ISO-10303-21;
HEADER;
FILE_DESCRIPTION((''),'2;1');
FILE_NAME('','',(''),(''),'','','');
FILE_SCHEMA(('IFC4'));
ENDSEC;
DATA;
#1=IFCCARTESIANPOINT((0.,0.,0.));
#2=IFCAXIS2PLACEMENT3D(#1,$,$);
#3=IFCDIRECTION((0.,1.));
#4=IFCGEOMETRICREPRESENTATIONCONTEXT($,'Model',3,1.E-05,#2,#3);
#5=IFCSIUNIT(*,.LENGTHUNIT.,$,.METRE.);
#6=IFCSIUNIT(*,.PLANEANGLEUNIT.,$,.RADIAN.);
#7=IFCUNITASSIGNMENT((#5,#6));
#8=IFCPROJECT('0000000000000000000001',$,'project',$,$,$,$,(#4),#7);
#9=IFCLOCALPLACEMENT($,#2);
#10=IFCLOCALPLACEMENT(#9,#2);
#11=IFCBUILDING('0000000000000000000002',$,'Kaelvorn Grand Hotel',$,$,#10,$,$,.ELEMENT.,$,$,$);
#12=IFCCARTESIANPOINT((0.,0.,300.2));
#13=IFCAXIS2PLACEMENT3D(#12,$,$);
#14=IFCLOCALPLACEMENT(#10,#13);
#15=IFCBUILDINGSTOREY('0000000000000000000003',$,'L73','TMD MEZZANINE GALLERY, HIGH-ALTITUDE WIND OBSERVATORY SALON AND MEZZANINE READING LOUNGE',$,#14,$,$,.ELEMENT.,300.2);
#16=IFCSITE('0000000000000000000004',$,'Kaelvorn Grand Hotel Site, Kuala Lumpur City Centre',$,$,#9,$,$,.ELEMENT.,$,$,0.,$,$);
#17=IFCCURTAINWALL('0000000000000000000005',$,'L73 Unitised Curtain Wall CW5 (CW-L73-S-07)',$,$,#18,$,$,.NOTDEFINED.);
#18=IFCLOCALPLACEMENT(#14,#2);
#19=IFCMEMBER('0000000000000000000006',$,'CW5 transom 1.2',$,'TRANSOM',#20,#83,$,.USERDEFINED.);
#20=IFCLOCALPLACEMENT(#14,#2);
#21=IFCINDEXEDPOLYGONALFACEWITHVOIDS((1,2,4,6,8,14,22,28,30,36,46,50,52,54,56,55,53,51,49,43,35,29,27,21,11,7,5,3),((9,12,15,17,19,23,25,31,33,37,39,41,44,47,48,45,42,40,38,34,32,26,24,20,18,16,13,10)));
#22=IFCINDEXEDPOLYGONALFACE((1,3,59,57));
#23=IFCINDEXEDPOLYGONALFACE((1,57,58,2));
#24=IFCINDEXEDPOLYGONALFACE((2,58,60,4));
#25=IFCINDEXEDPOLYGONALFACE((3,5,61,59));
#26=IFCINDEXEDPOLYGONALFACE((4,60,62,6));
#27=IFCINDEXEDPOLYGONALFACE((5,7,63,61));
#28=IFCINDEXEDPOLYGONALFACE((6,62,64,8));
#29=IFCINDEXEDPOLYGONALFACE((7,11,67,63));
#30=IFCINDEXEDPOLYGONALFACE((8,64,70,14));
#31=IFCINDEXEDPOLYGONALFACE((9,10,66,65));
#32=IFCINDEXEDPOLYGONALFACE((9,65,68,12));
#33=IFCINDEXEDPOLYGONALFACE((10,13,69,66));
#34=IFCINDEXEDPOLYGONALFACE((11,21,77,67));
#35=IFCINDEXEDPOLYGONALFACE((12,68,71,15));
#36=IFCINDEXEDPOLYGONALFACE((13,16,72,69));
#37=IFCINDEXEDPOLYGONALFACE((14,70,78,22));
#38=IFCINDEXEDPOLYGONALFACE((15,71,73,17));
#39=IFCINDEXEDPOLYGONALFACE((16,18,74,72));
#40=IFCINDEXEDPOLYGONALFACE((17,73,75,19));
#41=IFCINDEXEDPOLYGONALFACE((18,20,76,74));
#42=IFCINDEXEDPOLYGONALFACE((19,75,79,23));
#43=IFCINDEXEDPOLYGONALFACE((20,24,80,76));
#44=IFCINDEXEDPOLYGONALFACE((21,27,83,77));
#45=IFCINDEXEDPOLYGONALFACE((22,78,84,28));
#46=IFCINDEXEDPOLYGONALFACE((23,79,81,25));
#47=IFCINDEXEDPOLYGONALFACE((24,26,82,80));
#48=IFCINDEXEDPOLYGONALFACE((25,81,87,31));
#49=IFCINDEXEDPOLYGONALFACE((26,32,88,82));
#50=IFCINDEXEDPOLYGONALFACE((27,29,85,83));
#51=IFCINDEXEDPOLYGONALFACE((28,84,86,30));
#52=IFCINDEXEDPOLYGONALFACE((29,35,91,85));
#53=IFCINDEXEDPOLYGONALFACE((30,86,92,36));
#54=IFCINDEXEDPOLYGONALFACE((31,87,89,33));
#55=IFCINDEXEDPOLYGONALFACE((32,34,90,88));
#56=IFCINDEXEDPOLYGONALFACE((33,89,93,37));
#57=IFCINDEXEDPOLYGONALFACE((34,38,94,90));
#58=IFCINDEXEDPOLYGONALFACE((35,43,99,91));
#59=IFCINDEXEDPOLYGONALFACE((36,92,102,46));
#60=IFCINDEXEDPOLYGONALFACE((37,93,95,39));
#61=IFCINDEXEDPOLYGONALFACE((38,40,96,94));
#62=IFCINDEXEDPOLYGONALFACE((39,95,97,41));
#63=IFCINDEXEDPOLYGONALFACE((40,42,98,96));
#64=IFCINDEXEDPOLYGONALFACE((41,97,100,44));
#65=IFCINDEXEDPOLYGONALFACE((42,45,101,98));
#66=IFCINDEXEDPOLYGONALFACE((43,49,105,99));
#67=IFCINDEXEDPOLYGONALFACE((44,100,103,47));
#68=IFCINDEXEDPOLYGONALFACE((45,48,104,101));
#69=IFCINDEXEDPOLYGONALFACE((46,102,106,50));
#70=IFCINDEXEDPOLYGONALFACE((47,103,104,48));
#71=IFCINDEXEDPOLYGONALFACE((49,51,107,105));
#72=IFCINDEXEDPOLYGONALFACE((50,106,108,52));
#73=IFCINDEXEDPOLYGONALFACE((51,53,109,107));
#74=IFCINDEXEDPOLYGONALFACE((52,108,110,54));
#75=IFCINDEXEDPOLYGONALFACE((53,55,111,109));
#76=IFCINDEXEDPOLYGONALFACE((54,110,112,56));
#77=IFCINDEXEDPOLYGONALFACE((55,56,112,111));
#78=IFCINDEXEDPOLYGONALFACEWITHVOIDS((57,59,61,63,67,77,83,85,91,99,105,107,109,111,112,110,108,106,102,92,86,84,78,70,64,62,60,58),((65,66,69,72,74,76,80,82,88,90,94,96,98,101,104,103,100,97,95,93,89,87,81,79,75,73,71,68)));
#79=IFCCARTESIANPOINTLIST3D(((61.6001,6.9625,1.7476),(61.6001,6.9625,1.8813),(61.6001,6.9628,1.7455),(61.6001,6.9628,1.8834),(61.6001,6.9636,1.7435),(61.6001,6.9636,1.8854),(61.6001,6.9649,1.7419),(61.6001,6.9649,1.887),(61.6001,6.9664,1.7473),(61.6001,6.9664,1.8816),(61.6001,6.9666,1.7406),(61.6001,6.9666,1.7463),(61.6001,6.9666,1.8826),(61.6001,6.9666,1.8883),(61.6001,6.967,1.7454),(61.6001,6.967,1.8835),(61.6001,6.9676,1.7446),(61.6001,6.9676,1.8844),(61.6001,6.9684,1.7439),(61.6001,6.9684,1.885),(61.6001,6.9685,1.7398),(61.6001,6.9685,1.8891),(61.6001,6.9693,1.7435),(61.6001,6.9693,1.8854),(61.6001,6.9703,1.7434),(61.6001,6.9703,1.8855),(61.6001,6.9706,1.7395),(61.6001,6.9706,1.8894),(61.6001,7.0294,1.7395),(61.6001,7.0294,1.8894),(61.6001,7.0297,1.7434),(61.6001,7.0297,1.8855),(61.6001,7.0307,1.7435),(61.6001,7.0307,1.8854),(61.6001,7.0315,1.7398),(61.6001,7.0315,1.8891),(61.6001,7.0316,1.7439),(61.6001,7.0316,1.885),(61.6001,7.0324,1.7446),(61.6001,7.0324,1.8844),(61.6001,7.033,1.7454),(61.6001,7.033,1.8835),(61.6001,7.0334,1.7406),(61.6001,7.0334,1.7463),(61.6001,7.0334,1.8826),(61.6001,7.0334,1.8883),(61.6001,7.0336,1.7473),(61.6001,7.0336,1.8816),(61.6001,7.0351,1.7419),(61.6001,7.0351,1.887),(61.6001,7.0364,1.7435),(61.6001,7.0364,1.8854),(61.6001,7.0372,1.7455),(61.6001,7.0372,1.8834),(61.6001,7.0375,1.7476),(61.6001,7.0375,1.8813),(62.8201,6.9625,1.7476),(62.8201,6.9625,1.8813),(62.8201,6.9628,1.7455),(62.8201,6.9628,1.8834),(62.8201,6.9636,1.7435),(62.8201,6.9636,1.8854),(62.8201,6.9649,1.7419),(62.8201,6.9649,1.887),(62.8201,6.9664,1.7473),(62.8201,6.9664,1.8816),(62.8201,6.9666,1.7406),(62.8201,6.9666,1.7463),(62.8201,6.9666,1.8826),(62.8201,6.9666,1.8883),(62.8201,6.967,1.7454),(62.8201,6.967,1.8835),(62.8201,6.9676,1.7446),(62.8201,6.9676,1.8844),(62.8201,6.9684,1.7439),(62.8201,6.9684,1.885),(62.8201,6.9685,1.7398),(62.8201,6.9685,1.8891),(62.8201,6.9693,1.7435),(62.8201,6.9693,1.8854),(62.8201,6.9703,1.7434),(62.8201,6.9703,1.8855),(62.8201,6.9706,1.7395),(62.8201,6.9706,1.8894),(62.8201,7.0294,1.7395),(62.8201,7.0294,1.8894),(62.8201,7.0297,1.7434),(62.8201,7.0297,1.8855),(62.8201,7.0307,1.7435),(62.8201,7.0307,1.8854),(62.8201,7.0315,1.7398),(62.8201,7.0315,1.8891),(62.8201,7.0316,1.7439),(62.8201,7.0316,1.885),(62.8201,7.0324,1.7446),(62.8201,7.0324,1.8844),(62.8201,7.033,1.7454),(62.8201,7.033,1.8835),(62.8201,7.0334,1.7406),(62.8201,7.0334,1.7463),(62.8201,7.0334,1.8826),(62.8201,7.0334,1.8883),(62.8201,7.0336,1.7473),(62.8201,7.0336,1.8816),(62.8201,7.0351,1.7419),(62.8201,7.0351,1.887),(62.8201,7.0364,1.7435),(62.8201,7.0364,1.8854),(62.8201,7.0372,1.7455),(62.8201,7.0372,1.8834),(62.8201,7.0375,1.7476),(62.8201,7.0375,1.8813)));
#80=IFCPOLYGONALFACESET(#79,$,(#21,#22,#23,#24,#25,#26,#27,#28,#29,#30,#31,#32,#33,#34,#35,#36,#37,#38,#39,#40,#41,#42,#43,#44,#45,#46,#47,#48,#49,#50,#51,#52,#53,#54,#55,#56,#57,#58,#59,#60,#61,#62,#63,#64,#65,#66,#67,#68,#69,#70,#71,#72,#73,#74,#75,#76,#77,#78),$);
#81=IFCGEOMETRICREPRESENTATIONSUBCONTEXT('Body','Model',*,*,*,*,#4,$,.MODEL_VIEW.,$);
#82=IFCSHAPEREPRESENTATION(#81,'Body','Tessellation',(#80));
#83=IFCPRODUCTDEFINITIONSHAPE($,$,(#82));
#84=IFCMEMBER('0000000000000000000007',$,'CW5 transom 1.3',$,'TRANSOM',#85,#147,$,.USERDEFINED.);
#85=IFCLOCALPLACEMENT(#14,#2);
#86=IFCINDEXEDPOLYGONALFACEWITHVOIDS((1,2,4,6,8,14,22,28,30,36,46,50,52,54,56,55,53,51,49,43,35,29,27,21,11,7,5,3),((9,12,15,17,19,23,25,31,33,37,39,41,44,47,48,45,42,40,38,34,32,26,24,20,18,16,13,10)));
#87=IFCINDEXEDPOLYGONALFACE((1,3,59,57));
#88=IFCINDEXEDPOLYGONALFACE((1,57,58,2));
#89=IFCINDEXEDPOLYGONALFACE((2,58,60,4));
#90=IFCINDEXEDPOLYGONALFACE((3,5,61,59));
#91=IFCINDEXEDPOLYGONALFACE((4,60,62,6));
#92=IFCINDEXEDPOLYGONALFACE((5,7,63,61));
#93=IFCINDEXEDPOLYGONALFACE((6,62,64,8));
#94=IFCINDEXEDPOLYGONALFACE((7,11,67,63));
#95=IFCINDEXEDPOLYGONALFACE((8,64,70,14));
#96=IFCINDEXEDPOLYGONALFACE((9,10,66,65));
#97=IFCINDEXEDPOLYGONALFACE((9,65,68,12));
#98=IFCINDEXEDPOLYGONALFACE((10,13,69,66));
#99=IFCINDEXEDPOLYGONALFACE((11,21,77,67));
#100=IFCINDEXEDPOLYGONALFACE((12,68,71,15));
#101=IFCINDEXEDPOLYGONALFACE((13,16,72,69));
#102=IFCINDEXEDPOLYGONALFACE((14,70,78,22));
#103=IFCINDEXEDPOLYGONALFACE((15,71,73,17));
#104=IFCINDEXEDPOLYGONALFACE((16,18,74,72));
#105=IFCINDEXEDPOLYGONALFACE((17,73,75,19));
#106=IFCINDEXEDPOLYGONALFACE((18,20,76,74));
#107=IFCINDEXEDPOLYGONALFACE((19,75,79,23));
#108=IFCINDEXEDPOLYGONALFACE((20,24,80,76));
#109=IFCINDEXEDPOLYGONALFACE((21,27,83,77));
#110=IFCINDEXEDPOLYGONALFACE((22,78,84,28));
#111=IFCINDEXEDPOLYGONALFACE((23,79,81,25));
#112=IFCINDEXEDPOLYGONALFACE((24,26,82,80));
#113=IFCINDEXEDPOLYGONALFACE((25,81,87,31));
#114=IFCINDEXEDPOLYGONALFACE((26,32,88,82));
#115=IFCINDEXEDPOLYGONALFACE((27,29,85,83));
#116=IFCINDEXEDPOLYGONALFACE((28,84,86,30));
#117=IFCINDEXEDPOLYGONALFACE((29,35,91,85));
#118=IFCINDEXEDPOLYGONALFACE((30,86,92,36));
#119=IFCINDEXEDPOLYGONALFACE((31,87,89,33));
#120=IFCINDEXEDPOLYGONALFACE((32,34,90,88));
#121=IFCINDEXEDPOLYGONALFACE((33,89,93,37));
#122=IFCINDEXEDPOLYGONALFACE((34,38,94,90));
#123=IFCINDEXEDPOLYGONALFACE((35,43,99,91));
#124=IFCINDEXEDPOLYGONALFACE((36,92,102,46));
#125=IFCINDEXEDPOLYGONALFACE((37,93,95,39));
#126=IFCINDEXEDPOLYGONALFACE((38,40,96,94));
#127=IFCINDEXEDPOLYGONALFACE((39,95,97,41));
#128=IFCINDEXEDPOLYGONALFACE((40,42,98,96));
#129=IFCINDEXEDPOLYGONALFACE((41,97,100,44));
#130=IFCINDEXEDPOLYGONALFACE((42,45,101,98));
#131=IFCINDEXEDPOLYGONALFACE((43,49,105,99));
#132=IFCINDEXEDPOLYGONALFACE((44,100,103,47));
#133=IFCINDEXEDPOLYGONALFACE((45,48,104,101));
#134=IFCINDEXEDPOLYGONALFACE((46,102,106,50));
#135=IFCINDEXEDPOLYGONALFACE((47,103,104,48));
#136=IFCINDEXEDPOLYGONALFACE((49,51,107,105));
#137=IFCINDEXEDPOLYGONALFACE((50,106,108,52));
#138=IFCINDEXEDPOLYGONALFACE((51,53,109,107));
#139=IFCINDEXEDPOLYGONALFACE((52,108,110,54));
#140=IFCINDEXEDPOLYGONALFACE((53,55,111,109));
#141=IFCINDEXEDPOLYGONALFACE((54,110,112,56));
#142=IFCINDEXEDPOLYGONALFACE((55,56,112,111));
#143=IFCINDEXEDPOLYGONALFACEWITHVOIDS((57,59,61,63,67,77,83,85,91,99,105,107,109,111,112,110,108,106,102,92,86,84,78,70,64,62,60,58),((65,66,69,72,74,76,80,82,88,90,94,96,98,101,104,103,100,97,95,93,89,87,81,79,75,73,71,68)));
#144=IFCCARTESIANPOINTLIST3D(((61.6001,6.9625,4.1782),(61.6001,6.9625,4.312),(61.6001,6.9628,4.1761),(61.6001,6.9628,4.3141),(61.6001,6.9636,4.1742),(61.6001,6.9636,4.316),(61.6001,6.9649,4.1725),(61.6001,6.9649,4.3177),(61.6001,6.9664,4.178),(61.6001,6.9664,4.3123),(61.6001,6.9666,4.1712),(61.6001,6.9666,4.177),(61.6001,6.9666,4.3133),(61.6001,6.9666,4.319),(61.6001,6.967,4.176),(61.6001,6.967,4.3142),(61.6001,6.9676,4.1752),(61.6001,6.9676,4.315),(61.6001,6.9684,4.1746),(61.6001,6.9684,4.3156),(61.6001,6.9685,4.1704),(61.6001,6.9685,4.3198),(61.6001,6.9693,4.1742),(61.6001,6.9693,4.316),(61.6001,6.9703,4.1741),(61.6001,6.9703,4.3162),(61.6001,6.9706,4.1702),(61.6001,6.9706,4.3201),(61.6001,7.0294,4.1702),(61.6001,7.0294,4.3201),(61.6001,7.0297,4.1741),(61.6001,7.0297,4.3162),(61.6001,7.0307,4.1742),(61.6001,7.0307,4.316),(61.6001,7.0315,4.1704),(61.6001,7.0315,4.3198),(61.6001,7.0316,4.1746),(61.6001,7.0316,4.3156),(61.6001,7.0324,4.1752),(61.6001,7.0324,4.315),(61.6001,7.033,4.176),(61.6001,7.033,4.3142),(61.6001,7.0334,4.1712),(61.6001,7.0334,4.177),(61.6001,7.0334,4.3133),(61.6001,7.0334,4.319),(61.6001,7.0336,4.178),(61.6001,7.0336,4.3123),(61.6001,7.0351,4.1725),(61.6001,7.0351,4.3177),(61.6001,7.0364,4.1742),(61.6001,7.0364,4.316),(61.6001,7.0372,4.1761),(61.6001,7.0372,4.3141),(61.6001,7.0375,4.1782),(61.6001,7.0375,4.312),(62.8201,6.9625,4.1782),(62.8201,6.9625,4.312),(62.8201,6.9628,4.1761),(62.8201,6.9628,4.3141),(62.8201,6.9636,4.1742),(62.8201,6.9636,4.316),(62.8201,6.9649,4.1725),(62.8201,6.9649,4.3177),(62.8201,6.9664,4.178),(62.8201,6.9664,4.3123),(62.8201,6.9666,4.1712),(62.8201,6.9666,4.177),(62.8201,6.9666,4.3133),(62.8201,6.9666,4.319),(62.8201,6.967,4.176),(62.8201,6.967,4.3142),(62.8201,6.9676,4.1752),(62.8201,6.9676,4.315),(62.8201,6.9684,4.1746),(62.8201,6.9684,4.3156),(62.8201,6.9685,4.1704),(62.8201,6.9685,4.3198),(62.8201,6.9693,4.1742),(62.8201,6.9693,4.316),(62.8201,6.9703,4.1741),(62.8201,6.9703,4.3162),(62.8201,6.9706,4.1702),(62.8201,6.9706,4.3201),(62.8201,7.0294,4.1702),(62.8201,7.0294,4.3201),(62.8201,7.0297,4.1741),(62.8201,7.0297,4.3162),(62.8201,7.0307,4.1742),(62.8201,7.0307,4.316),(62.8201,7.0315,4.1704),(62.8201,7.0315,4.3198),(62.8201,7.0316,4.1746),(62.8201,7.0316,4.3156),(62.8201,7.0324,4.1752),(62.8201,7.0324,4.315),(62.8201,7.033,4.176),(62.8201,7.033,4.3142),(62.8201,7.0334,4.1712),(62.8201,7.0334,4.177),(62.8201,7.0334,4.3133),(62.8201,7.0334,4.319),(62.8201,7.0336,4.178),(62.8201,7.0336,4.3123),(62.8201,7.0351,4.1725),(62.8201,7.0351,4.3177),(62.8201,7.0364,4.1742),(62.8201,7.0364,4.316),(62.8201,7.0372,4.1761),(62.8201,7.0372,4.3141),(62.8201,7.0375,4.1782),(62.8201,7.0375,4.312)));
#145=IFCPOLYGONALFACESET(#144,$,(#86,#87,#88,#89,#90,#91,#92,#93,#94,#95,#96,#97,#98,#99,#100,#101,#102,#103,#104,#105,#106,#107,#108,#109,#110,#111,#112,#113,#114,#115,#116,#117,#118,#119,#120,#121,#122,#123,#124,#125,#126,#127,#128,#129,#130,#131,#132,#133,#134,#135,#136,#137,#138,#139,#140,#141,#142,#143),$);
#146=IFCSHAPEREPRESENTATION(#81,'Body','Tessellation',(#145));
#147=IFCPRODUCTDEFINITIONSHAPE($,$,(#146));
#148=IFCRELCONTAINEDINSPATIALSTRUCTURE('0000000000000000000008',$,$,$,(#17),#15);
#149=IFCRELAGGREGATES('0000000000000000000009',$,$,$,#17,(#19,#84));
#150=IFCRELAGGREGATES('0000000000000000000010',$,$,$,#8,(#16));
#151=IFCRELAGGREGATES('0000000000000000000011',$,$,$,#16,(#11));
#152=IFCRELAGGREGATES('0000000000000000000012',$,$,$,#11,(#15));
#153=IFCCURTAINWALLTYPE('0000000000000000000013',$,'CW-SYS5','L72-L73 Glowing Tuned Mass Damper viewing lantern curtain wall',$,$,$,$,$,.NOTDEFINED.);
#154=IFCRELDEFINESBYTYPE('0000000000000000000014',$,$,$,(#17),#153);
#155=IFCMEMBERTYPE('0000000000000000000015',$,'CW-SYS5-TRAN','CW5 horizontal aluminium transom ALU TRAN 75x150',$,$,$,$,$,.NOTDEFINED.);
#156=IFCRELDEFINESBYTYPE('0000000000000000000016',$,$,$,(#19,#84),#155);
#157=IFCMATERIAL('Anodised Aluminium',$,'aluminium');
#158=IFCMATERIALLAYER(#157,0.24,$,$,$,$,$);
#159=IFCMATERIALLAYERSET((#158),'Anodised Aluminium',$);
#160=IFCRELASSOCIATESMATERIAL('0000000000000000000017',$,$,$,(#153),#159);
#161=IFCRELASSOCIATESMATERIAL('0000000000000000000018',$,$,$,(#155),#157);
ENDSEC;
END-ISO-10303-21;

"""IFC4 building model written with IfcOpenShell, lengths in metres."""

from ifc_helpers import new_model, si_unit, direction, frame, origin, origin_2d, place, context, subcontext, project, spatial, hollow_rectangle, extrude, material, layer, layer_set, material_profile, profile_set, type_object, element, aggregate, save


model = new_model("IFC4")

# Units and contexts
model_context = context("Model", 3, precision=1e-05, world=origin(), true_north=direction((0.0, 1.0)))
body_context = subcontext(model_context, "Body", "Model", "MODEL_VIEW")
ifc_project = project(units=[si_unit("LENGTHUNIT", "METRE"), si_unit("PLANEANGLEUNIT", "RADIAN")], contexts=[model_context])

# Site, building, storey
site_placement = place(None, origin())
site = spatial("IfcSite", under=ifc_project, at=site_placement, Name="Kaelvorn Grand Hotel Site, Kuala Lumpur City Centre", CompositionType="ELEMENT", RefElevation=0.0)
building_placement = place(site_placement, origin())
building = spatial("IfcBuilding", under=site, at=building_placement, Name="Kaelvorn Grand Hotel", CompositionType="ELEMENT")
storey_placement = place(building_placement, frame((0.0, 0.0, 300.2)))
storey = spatial("IfcBuildingStorey", under=building, at=storey_placement, Name="L73", Description="TMD MEZZANINE GALLERY, HIGH-ALTITUDE WIND OBSERVATORY SALON AND MEZZANINE READING LOUNGE", CompositionType="ELEMENT", Elevation=300.2)

# Curtain wall, members
ifc_material_1 = material(Name="Anodised Aluminium", Category="aluminium")
ifc_layer_1 = layer(ifc_material_1, 0.24)
ifc_layer_set_1 = layer_set([ifc_layer_1], Name="Anodised Aluminium")
curtain_wall_type = type_object("IfcCurtainWallType", Name="CW-SYS5", Description="L72-L73 Glowing Tuned Mass Damper viewing lantern curtain wall", PredefinedType="NOTDEFINED", material=ifc_layer_set_1)
curtain_wall_placement = place(storey_placement, origin())
curtain_wall = element("IfcCurtainWall", 1, at=curtain_wall_placement, inside=storey, type_object=curtain_wall_type, Name="L73 Unitised Curtain Wall CW5 (CW-L73-S-07)", PredefinedType="NOTDEFINED")
ifc_material_profile_1 = material_profile(ifc_material_1, hollow_rectangle(XDim=0.075, YDim=0.1499, WallThickness=0.0039, InnerFilletRadius=0.0039, OuterFilletRadius=0.0081, at=origin_2d()), Name="ALU TRAN 75x150")
ifc_profile_set_1 = profile_set([ifc_material_profile_1], Name="Anodised Aluminium")
member_type_1 = type_object("IfcMemberType", Name="CW-SYS5-TRAN", Description="CW5 horizontal aluminium transom ALU TRAN 75x150", PredefinedType="NOTDEFINED", material=ifc_profile_set_1)
member_1_placement = place(storey_placement, frame((61.6001, 7.0, 1.8145), z_axis=(1.0, 0.0, 0.0), x_axis=(0.0, 1.0, 0.0)))
member_1 = element("IfcMember", 2, at=member_1_placement, type_object=member_type_1, Name="CW5 transom 1.2", ObjectType="TRANSOM", PredefinedType="USERDEFINED", context=body_context, shape_type="SweptSolid", body=[
    extrude(hollow_rectangle(XDim=0.075, YDim=0.1499, WallThickness=0.0039, InnerFilletRadius=0.0039, OuterFilletRadius=0.0081, at=origin_2d()), origin(), (0.0, 0.0, 1.0), 1.22),
])
member_2_placement = place(storey_placement, frame((61.6001, 7.0, 4.2451), z_axis=(1.0, 0.0, 0.0), x_axis=(0.0, 1.0, 0.0)))
member_2 = element("IfcMember", 3, at=member_2_placement, type_object=member_type_1, Name="CW5 transom 1.3", ObjectType="TRANSOM", PredefinedType="USERDEFINED", context=body_context, shape_type="SweptSolid", body=[
    extrude(hollow_rectangle(XDim=0.075, YDim=0.1499, WallThickness=0.0039, InnerFilletRadius=0.0039, OuterFilletRadius=0.0081, at=origin_2d()), origin(), (0.0, 0.0, 1.0), 1.22),
])
aggregate(curtain_wall, [member_1, member_2])

save(model, "model.ifc")
